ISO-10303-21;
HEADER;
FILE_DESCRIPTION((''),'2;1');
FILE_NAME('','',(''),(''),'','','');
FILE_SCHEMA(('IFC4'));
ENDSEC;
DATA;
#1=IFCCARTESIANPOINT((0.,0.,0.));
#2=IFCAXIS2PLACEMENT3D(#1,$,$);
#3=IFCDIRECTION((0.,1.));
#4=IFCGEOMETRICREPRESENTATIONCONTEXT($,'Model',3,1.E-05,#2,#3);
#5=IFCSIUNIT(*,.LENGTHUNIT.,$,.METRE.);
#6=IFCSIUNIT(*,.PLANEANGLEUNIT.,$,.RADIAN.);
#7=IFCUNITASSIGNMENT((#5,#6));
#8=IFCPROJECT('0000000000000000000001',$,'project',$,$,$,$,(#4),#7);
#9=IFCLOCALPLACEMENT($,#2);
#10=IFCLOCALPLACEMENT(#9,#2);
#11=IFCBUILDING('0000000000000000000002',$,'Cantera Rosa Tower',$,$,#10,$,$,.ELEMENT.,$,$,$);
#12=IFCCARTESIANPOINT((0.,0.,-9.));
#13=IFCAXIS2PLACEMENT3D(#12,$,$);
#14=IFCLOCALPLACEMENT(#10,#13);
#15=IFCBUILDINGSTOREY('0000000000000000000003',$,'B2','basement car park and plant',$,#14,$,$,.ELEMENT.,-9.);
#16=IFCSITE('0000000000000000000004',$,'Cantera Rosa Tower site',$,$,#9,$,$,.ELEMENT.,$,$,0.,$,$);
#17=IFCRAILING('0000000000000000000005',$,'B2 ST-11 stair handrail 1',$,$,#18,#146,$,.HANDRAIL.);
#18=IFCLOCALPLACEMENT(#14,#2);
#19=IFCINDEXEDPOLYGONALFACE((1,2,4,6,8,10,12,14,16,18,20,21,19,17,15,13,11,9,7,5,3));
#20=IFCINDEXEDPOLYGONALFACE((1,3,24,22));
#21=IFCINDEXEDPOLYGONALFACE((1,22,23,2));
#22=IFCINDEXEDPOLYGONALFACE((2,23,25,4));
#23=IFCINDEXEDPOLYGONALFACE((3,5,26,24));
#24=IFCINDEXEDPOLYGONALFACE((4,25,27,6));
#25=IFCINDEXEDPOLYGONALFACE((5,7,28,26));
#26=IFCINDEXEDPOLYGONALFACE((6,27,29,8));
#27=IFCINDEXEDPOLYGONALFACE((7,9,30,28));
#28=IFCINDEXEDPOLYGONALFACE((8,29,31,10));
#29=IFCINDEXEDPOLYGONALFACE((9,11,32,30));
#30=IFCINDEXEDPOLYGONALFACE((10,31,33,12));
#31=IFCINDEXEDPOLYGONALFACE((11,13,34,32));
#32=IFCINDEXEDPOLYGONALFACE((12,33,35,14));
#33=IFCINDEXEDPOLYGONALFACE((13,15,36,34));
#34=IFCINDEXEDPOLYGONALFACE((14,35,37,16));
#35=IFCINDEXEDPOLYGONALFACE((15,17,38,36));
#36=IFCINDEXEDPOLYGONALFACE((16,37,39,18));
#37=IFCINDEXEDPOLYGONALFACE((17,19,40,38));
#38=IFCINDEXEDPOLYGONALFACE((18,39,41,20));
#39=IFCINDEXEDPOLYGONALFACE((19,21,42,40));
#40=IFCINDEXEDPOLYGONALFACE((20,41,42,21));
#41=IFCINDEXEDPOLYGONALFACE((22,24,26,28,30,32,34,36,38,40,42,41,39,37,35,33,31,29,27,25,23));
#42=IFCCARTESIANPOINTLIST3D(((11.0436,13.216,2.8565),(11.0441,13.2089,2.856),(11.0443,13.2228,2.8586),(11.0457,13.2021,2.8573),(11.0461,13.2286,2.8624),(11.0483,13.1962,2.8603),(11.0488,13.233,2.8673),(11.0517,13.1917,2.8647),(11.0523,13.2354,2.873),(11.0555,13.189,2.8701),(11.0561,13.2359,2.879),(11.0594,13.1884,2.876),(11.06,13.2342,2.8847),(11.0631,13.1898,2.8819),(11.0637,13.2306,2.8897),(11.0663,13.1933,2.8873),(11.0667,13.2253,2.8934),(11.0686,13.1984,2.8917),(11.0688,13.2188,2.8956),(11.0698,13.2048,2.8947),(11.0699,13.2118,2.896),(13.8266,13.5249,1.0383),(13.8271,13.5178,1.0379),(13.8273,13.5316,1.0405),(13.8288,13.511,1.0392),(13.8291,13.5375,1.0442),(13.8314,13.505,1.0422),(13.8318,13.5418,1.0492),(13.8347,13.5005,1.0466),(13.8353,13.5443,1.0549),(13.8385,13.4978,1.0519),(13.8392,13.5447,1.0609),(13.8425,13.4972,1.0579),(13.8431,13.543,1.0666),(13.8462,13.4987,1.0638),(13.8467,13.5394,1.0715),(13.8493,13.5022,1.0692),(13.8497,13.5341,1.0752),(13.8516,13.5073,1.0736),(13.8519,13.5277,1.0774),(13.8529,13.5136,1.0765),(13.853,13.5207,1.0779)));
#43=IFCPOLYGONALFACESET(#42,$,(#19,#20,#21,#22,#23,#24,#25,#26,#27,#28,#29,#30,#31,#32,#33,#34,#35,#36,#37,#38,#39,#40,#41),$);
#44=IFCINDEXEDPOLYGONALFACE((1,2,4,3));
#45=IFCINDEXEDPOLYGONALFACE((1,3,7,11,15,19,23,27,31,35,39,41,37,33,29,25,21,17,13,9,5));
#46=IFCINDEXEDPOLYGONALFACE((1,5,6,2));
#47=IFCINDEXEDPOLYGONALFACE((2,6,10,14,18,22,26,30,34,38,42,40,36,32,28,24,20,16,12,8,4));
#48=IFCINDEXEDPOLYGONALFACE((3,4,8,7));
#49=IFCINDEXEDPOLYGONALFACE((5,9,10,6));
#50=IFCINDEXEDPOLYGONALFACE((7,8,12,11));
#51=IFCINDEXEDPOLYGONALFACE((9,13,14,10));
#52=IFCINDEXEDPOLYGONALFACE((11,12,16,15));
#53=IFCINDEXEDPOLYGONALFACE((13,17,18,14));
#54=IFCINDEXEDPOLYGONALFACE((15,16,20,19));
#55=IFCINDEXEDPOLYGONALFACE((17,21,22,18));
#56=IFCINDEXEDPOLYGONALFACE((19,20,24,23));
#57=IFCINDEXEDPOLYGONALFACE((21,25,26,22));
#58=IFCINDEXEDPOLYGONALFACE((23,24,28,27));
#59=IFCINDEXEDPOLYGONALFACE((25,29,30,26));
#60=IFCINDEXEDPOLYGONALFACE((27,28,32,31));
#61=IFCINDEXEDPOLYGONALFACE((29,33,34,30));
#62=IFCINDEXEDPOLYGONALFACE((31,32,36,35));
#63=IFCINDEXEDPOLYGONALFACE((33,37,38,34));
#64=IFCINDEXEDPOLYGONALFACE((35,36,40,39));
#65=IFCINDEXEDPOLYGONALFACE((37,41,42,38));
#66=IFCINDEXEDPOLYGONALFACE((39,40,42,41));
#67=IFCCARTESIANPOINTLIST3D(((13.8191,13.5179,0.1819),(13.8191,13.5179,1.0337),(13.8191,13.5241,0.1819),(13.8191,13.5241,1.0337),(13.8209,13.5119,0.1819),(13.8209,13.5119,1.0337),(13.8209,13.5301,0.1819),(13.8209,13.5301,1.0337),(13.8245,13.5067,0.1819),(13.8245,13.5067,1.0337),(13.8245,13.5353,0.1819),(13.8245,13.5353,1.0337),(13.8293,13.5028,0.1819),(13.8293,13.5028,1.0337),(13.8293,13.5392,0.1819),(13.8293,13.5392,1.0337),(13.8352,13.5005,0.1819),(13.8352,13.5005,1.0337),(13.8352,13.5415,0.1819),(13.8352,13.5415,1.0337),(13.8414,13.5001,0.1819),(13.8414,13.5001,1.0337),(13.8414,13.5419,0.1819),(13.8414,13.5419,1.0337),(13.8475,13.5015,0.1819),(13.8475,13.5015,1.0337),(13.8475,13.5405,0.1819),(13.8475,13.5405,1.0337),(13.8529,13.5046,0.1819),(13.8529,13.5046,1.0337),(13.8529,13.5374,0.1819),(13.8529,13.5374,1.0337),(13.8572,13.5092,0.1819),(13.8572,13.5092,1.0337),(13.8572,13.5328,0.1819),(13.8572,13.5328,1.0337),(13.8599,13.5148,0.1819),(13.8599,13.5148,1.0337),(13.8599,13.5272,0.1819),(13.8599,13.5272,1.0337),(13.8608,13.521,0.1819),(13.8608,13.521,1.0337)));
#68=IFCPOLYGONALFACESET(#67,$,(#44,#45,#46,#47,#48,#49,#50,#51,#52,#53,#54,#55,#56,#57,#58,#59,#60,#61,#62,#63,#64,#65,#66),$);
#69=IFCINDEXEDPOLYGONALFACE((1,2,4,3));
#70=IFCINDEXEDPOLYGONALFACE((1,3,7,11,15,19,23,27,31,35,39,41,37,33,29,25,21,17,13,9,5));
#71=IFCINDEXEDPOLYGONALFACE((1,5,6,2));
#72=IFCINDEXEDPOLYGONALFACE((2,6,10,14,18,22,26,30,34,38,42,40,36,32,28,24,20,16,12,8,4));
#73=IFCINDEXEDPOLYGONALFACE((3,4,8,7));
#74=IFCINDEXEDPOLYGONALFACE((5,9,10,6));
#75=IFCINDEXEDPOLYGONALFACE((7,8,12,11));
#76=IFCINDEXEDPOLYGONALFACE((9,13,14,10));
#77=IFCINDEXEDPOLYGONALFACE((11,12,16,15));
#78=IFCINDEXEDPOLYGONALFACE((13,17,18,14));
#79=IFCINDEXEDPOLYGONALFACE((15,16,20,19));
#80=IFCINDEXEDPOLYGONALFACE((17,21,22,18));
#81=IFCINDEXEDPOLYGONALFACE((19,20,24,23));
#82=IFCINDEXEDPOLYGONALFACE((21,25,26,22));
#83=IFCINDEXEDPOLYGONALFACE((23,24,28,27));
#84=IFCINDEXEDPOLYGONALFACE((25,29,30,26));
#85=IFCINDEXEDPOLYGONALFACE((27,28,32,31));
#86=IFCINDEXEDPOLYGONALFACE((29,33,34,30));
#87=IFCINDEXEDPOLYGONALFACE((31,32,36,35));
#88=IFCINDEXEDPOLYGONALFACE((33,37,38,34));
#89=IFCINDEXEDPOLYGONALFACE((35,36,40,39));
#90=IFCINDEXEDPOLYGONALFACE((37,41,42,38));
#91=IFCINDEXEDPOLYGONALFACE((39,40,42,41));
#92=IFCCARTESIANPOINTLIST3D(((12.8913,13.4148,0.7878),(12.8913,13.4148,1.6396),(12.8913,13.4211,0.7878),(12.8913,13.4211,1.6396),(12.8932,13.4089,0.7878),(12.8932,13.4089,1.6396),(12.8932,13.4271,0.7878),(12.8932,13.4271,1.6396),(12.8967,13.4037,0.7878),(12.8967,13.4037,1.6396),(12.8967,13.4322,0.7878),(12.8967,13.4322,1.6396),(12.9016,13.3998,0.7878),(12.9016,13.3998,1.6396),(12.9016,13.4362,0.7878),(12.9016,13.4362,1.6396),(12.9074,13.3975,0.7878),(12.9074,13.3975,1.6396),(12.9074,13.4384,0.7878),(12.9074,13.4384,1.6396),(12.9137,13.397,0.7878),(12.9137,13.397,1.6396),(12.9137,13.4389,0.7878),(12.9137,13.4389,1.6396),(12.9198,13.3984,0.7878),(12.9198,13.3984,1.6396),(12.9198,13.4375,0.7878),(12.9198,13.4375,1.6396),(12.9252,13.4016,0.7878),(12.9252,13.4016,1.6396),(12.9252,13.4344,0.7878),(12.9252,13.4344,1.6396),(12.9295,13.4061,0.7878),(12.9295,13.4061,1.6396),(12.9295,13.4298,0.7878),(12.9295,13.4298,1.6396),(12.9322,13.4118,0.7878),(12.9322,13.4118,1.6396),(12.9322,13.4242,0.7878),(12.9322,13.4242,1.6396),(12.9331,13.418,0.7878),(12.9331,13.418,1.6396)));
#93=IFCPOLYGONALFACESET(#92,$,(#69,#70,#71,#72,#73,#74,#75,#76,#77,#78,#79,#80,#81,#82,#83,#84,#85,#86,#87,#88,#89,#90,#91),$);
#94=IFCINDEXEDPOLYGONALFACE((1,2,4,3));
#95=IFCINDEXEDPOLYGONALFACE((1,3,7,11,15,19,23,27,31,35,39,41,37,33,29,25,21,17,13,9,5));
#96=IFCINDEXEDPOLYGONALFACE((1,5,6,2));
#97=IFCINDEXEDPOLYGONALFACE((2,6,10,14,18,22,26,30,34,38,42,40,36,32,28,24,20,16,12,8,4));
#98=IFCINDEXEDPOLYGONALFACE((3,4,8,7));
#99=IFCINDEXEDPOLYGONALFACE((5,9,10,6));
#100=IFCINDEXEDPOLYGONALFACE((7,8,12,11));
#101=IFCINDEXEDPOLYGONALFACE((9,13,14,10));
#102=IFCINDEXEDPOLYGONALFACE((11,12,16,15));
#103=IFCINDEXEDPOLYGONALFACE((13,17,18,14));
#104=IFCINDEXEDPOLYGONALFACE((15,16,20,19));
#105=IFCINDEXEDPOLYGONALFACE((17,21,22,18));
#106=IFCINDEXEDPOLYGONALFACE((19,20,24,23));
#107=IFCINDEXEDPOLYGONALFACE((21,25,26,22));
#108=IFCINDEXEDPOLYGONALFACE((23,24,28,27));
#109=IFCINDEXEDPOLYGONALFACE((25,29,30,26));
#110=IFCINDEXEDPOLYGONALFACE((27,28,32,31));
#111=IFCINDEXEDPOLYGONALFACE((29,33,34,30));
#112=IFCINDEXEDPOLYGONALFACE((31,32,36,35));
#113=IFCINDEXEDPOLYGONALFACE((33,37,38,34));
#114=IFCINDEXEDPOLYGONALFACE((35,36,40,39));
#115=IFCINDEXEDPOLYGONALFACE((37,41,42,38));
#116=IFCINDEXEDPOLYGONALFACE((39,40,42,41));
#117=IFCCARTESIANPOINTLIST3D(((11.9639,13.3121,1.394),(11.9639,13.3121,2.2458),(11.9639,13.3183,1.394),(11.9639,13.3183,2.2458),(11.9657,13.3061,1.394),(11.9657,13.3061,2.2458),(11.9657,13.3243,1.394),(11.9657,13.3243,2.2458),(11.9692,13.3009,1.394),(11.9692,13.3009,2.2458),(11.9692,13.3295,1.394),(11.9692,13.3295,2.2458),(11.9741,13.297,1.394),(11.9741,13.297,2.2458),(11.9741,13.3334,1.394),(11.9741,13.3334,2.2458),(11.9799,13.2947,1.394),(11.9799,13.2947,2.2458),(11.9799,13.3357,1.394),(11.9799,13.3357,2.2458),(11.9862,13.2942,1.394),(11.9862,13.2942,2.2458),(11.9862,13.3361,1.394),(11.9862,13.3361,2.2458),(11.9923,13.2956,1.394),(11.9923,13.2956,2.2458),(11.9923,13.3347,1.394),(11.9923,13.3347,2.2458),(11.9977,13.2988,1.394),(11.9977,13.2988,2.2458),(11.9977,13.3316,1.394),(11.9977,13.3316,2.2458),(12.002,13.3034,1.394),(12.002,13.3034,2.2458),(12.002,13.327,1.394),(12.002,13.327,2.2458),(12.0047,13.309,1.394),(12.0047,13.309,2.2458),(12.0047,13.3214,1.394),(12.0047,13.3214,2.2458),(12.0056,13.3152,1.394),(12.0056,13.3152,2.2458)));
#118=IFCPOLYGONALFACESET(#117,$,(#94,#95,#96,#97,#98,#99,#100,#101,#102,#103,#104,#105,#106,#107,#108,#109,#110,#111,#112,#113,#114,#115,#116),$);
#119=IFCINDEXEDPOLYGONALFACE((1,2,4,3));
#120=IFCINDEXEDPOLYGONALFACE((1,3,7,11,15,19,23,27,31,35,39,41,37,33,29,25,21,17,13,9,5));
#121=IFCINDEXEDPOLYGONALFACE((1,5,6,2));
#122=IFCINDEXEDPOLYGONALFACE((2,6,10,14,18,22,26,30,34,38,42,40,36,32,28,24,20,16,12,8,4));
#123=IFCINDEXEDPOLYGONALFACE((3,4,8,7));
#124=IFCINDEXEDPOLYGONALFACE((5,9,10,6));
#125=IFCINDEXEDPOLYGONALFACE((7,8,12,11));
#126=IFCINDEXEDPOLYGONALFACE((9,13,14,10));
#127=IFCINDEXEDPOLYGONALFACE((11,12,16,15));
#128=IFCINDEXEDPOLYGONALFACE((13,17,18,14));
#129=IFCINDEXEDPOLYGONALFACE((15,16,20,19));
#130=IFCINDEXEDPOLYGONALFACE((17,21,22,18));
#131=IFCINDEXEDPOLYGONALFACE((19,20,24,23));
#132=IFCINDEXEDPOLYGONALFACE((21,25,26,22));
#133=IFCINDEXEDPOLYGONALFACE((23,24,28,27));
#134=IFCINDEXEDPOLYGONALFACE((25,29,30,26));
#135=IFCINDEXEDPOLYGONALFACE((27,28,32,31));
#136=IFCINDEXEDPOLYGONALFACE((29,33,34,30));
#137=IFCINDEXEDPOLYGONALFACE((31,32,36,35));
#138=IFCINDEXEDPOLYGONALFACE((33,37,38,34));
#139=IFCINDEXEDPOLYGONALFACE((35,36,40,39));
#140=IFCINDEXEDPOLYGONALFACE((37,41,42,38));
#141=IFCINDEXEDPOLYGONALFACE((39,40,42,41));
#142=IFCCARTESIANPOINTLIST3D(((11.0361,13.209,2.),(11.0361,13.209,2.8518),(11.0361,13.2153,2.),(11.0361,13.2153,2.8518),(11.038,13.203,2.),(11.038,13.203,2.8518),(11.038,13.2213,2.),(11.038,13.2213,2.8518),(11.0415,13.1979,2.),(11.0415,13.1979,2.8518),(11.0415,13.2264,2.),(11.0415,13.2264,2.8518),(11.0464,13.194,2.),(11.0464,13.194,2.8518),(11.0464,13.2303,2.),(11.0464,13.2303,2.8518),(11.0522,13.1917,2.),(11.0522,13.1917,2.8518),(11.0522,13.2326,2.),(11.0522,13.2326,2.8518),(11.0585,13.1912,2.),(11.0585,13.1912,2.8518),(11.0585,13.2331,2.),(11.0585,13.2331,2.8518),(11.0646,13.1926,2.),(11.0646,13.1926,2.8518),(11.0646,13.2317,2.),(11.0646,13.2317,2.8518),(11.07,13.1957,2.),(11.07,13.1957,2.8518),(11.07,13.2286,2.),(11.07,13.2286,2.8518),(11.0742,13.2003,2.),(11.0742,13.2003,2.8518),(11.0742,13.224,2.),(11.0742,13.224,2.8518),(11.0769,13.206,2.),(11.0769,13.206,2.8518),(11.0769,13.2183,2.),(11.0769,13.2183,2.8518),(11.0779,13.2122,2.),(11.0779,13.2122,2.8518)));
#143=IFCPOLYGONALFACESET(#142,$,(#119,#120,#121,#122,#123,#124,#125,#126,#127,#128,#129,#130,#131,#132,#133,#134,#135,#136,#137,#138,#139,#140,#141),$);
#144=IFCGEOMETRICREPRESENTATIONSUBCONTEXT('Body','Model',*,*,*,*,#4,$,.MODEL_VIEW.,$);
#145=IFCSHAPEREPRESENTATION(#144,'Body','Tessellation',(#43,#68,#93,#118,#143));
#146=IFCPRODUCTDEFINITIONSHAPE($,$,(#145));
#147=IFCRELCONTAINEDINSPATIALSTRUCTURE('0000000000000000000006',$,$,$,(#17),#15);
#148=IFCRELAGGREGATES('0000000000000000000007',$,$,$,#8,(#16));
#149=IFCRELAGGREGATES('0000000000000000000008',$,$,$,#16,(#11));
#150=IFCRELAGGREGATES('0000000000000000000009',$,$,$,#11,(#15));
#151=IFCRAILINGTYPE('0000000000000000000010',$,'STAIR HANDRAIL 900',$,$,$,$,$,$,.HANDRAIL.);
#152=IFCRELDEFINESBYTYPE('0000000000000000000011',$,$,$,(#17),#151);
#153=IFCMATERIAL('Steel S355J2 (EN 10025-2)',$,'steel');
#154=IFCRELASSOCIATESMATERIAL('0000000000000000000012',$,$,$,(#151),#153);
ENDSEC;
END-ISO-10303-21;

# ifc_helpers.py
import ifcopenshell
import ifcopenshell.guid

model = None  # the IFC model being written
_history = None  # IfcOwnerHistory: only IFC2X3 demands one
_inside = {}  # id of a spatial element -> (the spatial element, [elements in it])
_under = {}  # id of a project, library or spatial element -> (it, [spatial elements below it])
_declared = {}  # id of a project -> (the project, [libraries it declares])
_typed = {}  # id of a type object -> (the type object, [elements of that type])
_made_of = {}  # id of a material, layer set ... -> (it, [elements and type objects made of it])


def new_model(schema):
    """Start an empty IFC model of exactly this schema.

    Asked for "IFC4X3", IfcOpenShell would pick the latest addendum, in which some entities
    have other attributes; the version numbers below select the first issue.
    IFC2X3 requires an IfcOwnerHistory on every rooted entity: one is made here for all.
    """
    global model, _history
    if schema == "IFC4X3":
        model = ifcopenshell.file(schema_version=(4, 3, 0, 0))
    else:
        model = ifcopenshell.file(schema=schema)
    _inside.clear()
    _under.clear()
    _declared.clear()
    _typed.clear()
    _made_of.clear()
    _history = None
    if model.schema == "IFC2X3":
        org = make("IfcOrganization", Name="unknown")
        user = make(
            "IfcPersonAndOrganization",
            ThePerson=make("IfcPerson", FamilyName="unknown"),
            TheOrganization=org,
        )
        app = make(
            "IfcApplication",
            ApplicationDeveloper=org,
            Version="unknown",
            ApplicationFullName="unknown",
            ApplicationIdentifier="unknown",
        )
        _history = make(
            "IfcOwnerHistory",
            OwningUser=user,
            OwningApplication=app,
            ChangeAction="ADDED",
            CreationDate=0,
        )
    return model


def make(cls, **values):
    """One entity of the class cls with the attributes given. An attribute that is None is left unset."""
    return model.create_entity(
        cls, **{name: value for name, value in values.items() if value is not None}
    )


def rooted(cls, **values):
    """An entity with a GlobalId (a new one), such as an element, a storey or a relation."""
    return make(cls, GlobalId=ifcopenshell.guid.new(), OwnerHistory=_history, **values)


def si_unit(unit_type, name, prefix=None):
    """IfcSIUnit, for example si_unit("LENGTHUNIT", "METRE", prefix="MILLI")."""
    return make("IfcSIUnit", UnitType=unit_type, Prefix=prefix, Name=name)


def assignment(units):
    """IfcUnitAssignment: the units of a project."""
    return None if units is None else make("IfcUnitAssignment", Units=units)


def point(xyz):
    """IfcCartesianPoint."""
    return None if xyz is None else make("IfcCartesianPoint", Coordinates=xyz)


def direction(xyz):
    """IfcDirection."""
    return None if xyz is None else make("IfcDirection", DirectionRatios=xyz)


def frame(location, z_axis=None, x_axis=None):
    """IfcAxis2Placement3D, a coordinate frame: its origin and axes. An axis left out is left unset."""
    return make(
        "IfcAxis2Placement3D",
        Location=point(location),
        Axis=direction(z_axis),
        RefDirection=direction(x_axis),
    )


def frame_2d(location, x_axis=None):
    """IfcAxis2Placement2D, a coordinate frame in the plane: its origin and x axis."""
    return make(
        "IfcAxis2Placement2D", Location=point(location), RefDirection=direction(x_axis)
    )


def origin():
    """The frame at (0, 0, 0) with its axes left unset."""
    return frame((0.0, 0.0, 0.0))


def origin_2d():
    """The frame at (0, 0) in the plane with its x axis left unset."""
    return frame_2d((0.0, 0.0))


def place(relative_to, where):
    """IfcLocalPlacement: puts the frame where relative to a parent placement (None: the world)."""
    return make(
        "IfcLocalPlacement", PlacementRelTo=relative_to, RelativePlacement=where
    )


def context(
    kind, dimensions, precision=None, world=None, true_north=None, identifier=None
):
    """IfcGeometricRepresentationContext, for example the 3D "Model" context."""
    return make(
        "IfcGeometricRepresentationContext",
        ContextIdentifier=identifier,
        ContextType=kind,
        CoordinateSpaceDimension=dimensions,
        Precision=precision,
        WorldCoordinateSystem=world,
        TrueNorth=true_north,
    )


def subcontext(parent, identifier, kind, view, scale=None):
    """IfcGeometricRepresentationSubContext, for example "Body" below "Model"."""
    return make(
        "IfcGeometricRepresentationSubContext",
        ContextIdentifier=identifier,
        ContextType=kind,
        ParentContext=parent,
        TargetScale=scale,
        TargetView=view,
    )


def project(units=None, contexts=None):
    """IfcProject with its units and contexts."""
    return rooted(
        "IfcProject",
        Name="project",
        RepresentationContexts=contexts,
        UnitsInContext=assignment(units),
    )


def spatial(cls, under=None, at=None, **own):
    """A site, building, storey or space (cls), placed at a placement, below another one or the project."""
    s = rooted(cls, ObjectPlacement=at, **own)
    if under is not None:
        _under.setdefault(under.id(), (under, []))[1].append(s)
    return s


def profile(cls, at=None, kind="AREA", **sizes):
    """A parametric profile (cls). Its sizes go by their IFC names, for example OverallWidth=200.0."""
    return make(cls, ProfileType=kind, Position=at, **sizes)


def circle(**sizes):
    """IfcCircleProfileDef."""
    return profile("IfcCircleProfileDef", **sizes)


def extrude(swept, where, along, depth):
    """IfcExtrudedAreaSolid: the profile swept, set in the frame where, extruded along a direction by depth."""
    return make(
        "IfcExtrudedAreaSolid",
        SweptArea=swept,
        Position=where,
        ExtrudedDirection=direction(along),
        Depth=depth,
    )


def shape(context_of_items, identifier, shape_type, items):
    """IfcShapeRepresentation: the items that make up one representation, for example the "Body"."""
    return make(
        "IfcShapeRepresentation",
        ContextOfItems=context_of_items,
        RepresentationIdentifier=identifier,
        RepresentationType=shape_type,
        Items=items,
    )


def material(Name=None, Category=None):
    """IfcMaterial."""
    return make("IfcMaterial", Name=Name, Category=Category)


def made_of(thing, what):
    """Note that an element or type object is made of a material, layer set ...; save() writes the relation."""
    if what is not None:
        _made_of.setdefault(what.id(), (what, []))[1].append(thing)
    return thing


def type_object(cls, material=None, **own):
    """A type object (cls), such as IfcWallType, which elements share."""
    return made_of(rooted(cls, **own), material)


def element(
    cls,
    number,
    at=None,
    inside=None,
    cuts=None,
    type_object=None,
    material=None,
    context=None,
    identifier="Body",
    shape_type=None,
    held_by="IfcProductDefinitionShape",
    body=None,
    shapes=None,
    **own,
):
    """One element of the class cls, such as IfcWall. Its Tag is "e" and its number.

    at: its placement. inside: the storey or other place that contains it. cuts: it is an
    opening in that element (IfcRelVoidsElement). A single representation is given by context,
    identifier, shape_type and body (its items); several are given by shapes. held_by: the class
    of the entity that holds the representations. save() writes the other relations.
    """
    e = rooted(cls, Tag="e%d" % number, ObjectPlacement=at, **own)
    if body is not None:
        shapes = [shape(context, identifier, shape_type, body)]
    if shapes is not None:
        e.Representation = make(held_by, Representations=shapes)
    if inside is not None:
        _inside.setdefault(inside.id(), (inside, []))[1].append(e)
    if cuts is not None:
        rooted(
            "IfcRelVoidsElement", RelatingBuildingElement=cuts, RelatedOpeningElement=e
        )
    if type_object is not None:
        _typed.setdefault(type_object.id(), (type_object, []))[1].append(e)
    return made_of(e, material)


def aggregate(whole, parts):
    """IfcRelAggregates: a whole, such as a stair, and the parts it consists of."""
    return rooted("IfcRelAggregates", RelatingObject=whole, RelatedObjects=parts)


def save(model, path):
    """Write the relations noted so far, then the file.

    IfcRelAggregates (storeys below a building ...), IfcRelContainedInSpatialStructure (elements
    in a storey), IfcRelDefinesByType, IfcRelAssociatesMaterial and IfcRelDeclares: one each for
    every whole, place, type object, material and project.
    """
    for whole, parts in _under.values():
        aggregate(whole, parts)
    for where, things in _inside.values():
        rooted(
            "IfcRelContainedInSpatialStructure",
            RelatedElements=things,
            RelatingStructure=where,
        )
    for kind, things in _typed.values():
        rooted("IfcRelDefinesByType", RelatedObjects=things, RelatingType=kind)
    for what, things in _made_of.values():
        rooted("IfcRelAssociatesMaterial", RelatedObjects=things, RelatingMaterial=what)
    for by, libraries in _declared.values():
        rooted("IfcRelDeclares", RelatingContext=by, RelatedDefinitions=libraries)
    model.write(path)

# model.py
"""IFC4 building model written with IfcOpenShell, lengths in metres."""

from ifc_helpers import new_model, si_unit, direction, frame, origin, origin_2d, place, context, subcontext, project, spatial, circle, extrude, material, type_object, element, save


model = new_model("IFC4")

# Units and contexts
model_context = context("Model", 3, precision=1e-05, world=origin(), true_north=direction((0.0, 1.0)))
body_context = subcontext(model_context, "Body", "Model", "MODEL_VIEW")
ifc_project = project(units=[si_unit("LENGTHUNIT", "METRE"), si_unit("PLANEANGLEUNIT", "RADIAN")], contexts=[model_context])

# Site, building, storey
site_placement = place(None, origin())
site = spatial("IfcSite", under=ifc_project, at=site_placement, Name="Cantera Rosa Tower site", CompositionType="ELEMENT", RefElevation=0.0)
building_placement = place(site_placement, origin())
building = spatial("IfcBuilding", under=site, at=building_placement, Name="Cantera Rosa Tower", CompositionType="ELEMENT")
storey_placement = place(building_placement, frame((0.0, 0.0, -9.0)))
storey = spatial("IfcBuildingStorey", under=building, at=storey_placement, Name="B2", Description="basement car park and plant", CompositionType="ELEMENT", Elevation=-9.0)

# Railing
ifc_material_1 = material(Name="Steel S355J2 (EN 10025-2)", Category="steel")
railing_type_1 = type_object("IfcRailingType", Name="STAIR HANDRAIL 900", PredefinedType="HANDRAIL", material=ifc_material_1)
railing_1_placement = place(storey_placement, frame((13.8398, 13.521, 0.1819)))
element("IfcRailing", 1, at=railing_1_placement, inside=storey, type_object=railing_type_1, Name="B2 ST-11 stair handrail 1", PredefinedType="HANDRAIL", context=body_context, shape_type="SweptSolid", body=[
    extrude(circle(Radius=0.0239, at=origin_2d()), frame((0.0, 0.0, 0.876), z_axis=(-0.833588, -0.092507, 0.544586), x_axis=(0.110298, -0.993899, 0.0)), (0.0, 0.0, 1.0), 3.3386),
    extrude(circle(Radius=0.021, at=origin_2d()), origin(), (0.0, 0.0, 1.0), 0.8518),
    extrude(circle(Radius=0.021, at=origin_2d()), frame((-0.9277, -0.103, 0.606)), (0.0, 0.0, 1.0), 0.8518),
    extrude(circle(Radius=0.021, at=origin_2d()), frame((-1.8552, -0.2058, 1.2122)), (0.0, 0.0, 1.0), 0.8518),
    extrude(circle(Radius=0.021, at=origin_2d()), frame((-2.783, -0.3088, 1.8181)), (0.0, 0.0, 1.0), 0.8518),
])

save(model, "model.ifc")
